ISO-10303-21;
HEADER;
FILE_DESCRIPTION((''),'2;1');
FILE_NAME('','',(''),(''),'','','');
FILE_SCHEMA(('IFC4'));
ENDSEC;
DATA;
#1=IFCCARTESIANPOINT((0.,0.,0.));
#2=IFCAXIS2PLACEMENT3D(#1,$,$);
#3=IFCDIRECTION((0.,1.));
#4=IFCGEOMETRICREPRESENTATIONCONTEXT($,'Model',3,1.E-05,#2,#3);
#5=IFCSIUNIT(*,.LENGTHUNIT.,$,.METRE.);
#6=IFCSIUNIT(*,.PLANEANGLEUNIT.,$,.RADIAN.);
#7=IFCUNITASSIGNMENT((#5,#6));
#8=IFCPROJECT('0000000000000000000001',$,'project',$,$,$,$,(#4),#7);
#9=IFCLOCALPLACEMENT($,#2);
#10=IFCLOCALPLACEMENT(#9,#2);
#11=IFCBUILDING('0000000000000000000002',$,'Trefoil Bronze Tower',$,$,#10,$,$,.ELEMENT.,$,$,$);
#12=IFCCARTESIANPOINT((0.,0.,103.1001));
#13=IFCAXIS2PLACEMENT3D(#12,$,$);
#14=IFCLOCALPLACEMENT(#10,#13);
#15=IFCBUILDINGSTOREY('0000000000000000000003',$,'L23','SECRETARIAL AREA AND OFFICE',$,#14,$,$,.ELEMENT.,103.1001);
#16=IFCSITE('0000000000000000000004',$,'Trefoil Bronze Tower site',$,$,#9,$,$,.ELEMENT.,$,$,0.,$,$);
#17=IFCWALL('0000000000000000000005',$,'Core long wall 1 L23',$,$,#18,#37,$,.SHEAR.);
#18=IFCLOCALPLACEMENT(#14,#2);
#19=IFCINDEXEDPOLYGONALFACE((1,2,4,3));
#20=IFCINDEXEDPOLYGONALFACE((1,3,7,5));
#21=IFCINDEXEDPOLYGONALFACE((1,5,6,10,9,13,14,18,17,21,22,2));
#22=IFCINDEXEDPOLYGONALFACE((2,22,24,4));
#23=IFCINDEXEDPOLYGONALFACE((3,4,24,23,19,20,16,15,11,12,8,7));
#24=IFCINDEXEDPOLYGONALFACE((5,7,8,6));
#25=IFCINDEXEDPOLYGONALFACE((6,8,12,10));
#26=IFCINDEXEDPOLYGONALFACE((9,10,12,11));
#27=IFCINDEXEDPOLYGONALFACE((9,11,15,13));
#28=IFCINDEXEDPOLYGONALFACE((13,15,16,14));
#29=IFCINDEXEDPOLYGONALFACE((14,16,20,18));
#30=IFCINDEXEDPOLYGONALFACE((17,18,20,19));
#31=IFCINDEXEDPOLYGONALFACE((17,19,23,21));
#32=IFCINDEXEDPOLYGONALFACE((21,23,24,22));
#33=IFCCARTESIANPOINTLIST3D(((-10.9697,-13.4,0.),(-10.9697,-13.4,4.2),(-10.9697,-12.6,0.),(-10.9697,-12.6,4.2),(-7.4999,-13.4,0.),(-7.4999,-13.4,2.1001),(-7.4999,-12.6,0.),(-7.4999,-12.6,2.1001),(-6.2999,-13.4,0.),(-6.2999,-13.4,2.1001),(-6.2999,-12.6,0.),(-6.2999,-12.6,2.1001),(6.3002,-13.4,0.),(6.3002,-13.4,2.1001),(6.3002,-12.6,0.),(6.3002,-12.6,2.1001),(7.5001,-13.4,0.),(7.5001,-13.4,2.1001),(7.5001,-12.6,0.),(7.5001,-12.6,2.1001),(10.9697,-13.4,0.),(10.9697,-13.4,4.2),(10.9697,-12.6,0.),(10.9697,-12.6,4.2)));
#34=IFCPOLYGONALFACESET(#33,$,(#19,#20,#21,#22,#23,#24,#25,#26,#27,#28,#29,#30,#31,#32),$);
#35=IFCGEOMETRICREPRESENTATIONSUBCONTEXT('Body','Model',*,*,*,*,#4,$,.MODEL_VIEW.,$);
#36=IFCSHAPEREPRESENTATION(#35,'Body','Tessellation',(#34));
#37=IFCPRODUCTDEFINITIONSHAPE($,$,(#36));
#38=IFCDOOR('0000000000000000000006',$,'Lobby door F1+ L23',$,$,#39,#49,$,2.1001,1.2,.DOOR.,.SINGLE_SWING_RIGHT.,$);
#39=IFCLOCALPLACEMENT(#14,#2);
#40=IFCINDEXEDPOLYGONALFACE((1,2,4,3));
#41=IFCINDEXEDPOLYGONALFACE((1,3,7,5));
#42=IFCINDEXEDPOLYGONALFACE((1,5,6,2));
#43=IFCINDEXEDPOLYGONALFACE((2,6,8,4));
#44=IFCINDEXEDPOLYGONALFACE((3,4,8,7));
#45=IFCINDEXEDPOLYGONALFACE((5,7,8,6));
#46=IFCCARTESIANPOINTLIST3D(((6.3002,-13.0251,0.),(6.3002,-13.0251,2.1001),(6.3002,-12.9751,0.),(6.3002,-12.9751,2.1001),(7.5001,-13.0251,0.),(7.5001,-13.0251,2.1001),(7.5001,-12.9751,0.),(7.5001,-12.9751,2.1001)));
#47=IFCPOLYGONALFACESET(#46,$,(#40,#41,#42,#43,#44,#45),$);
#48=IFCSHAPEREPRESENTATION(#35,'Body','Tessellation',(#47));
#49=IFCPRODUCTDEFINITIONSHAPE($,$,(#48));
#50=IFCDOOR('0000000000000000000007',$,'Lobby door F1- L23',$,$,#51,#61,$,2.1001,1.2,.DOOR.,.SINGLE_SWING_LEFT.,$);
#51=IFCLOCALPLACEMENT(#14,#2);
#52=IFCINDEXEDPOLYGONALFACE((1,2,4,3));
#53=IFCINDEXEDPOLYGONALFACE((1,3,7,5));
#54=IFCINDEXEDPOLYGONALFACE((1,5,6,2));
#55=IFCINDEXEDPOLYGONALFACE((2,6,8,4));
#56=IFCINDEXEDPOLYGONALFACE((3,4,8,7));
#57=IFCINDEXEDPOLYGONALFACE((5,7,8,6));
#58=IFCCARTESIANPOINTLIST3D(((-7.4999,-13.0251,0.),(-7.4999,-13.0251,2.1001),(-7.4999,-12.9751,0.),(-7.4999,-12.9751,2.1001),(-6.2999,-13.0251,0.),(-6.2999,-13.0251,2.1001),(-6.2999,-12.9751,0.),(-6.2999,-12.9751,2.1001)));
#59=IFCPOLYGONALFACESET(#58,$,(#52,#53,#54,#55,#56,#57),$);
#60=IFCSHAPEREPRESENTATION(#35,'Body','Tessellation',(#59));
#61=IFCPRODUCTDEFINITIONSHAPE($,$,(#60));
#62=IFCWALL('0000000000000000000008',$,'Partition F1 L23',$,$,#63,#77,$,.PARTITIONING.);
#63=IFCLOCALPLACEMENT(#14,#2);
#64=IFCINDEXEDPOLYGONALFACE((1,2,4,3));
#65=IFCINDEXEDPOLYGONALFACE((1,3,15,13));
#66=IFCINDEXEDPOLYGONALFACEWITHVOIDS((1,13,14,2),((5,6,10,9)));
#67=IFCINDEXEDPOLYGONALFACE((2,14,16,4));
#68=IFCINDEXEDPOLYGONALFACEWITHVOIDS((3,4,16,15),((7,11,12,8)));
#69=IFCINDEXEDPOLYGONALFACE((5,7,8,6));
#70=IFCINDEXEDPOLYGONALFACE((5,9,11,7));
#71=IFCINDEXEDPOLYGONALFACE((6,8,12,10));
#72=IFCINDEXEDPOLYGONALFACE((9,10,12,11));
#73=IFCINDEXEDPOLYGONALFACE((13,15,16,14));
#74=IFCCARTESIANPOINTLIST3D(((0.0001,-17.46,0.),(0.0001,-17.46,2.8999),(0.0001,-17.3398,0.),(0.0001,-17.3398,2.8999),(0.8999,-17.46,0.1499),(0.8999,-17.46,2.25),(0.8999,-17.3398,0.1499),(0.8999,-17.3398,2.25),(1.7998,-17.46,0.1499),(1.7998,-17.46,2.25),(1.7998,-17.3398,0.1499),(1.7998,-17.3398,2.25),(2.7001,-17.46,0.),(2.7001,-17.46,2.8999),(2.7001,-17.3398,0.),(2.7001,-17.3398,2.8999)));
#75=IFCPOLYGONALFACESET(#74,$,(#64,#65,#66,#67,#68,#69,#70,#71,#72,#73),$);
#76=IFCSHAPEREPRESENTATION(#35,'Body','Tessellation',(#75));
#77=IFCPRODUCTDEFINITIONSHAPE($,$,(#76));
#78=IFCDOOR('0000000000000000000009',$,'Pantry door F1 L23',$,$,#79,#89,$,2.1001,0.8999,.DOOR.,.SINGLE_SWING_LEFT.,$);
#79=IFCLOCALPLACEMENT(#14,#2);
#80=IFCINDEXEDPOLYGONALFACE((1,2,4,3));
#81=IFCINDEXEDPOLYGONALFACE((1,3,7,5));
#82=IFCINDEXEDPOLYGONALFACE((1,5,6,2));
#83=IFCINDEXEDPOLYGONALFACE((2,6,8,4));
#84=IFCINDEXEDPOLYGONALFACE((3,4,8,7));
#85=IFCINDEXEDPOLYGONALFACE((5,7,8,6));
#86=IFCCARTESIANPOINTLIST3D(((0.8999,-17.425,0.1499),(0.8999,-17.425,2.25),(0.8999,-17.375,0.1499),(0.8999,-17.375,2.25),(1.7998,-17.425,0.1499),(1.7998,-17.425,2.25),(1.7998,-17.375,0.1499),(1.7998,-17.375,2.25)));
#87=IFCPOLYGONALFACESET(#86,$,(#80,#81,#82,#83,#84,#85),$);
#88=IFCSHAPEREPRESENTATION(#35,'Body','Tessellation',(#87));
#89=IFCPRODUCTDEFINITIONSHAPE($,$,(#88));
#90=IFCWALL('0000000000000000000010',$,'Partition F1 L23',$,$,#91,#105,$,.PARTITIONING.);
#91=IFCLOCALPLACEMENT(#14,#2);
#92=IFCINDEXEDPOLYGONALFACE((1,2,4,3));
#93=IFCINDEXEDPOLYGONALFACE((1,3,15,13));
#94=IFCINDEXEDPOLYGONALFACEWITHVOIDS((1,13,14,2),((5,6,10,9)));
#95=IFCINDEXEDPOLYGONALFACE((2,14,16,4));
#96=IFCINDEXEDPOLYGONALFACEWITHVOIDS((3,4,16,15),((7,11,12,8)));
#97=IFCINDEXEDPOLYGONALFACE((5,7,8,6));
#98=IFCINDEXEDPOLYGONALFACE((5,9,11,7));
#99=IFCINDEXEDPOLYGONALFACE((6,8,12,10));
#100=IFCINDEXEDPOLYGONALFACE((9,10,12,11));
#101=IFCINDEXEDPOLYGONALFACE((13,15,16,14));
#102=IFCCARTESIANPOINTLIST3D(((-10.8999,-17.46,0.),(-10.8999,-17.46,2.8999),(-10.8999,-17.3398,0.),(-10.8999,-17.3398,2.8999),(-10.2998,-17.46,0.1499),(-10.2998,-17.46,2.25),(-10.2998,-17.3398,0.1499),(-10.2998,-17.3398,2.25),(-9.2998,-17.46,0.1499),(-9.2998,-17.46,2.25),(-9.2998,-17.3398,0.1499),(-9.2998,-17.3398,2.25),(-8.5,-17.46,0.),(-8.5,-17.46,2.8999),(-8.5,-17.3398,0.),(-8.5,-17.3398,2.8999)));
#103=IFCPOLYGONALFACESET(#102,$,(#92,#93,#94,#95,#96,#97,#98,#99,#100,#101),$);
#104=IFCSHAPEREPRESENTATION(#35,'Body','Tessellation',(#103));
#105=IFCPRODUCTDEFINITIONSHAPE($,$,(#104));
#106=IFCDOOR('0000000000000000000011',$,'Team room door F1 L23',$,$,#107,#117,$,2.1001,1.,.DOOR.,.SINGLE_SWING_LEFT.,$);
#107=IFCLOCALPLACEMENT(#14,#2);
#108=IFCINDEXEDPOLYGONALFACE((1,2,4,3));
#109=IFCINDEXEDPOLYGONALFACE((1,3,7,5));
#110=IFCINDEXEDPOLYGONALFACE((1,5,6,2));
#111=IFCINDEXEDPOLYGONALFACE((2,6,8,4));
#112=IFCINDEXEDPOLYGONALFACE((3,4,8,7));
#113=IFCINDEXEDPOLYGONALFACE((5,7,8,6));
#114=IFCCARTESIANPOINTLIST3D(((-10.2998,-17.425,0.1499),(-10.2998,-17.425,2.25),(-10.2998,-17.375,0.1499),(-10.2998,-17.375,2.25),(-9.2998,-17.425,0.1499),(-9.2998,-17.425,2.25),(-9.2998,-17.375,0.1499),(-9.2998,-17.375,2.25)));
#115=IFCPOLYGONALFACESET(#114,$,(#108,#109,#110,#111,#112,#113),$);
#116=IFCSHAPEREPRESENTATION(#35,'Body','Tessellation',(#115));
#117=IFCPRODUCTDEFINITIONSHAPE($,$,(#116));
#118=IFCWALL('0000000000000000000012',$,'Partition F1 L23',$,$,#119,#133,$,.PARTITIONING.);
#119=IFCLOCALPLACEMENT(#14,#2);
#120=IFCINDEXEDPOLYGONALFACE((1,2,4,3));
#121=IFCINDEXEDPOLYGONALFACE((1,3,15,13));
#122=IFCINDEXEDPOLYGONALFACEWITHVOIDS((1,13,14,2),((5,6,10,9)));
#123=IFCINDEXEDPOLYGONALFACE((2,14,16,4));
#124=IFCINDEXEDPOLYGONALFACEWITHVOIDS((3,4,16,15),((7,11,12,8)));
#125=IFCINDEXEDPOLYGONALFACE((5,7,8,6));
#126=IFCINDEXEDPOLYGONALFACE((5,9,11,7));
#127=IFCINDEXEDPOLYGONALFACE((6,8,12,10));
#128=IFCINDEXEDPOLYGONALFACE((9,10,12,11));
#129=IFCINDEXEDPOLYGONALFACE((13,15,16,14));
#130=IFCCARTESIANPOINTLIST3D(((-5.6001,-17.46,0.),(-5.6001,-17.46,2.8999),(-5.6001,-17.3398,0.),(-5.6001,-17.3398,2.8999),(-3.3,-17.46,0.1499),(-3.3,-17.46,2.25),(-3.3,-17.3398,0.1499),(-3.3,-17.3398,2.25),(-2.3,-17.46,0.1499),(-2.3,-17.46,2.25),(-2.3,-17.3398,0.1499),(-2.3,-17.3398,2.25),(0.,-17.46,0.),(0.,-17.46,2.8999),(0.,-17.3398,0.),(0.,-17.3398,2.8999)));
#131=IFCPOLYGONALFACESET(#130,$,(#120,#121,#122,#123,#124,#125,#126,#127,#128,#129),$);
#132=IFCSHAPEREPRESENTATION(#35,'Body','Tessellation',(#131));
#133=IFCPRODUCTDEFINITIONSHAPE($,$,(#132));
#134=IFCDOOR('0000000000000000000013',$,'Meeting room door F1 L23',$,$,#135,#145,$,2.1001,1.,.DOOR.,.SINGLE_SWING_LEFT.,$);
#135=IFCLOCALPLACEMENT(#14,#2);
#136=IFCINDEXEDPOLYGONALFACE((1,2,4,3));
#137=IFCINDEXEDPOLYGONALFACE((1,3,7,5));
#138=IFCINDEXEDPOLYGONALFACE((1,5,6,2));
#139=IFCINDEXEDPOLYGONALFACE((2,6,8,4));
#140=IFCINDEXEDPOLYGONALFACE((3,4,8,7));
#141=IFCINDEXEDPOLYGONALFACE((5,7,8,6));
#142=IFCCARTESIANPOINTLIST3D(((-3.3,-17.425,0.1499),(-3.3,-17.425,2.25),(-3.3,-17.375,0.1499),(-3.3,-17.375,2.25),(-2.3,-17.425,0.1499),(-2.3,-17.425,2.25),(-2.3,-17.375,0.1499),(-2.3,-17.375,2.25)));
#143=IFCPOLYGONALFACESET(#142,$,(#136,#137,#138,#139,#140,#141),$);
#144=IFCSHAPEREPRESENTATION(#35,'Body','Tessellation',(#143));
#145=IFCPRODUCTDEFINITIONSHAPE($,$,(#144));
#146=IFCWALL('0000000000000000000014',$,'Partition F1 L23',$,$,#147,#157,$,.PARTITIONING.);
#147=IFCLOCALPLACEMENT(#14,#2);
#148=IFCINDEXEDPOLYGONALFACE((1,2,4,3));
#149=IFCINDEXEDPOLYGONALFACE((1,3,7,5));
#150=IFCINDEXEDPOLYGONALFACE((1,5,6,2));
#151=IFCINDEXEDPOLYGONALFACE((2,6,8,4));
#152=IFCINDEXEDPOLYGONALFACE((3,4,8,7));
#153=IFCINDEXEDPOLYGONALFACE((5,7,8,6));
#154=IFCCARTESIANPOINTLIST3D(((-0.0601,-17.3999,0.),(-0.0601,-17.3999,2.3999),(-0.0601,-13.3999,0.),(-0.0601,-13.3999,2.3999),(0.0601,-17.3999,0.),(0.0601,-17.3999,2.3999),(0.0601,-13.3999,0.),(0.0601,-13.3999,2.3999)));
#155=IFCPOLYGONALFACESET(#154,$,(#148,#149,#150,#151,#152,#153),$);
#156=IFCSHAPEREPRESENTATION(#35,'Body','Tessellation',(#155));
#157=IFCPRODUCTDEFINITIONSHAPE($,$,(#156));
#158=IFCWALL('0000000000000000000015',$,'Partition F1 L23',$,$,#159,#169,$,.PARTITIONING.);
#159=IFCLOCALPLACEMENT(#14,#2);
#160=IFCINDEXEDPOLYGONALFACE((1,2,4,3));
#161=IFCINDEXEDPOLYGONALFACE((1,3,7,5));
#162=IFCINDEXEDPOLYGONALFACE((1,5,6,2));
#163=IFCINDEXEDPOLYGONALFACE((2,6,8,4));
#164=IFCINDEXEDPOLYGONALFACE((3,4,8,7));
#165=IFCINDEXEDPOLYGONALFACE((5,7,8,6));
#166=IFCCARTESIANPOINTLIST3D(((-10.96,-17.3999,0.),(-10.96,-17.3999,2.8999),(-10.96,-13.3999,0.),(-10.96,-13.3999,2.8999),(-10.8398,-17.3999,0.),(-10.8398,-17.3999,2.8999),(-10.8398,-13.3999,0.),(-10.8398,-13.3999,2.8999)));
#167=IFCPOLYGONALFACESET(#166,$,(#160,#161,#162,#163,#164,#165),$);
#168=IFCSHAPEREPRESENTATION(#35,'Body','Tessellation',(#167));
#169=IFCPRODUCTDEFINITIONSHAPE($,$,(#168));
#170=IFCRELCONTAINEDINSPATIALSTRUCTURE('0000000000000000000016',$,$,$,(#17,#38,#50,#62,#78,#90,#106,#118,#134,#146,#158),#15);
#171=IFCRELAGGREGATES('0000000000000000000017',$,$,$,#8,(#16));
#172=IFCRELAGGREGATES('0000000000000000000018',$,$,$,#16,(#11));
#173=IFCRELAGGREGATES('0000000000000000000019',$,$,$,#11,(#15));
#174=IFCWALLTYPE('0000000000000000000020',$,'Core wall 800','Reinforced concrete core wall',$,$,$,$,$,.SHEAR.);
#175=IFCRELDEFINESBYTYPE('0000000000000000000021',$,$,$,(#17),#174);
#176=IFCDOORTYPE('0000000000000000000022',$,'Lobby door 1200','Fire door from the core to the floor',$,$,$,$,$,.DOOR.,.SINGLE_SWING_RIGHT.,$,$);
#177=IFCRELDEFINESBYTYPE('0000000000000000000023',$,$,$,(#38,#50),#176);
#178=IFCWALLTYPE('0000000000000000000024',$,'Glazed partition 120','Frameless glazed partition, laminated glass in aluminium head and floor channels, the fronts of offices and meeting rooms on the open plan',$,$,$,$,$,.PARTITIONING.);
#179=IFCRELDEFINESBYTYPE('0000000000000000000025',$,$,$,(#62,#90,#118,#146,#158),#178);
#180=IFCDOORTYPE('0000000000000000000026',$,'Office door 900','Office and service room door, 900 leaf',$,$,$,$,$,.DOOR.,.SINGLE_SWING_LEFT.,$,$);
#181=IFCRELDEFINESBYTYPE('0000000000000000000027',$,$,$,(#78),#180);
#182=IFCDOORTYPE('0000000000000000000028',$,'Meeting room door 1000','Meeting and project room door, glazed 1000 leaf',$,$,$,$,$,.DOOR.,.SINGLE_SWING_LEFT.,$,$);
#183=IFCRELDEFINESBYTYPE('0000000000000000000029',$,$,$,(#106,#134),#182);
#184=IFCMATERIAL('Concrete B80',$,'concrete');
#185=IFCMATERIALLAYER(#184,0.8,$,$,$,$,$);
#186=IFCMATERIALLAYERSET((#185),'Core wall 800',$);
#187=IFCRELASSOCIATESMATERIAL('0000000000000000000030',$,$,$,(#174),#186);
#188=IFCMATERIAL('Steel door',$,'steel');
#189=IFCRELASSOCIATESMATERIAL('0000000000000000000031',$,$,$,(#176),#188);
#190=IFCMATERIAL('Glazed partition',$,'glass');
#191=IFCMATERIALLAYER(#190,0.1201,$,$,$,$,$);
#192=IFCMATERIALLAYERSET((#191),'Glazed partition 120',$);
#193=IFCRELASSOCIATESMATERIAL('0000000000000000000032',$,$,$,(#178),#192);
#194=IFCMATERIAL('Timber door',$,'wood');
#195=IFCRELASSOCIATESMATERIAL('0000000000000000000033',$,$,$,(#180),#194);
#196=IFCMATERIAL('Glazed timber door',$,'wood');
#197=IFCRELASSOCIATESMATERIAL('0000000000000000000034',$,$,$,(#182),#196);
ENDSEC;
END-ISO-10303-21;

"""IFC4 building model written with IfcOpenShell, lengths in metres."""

from ifc_helpers import new_model, si_unit, direction, frame, frame_2d, origin, place, context, subcontext, project, spatial, rectangle, extrude, material, layer, layer_set, type_object, element, fill, save


model = new_model("IFC4")

# Units and contexts
model_context = context("Model", 3, precision=1e-05, world=origin(), true_north=direction((0.0, 1.0)))
body_context = subcontext(model_context, "Body", "Model", "MODEL_VIEW")
ifc_project = project(units=[si_unit("LENGTHUNIT", "METRE"), si_unit("PLANEANGLEUNIT", "RADIAN")], contexts=[model_context])

# Site, building, storey
site_placement = place(None, origin())
site = spatial("IfcSite", under=ifc_project, at=site_placement, Name="Trefoil Bronze Tower site", CompositionType="ELEMENT", RefElevation=0.0)
building_placement = place(site_placement, origin())
building = spatial("IfcBuilding", under=site, at=building_placement, Name="Trefoil Bronze Tower", CompositionType="ELEMENT")
storey_placement = place(building_placement, frame((0.0, 0.0, 103.1001)))
storey = spatial("IfcBuildingStorey", under=building, at=storey_placement, Name="L23", Description="SECRETARIAL AREA AND OFFICE", CompositionType="ELEMENT", Elevation=103.1001)

# Wall, openings, doors
ifc_material_1 = material(Name="Concrete B80", Category="concrete")
ifc_layer_1 = layer(ifc_material_1, 0.8)
ifc_layer_set_1 = layer_set([ifc_layer_1], Name="Core wall 800")
wall_type_1 = type_object("IfcWallType", Name="Core wall 800", Description="Reinforced concrete core wall", PredefinedType="SHEAR", material=ifc_layer_set_1)
wall_1_placement = place(storey_placement, frame((-10.9697, -13.0, 0.0), z_axis=(0.0, 0.0, 1.0), x_axis=(1.0, 0.0, 0.0)))
wall_1 = element("IfcWall", 1, at=wall_1_placement, inside=storey, type_object=wall_type_1, Name="Core long wall 1 L23", PredefinedType="SHEAR", context=body_context, shape_type="SweptSolid", body=[
    extrude(rectangle(XDim=21.9395, YDim=0.8, at=frame_2d((10.9697, 0.0))), origin(), (0.0, 0.0, 1.0), 4.2),
])
opening_1_placement = place(wall_1_placement, frame((17.2698, 0.0, 0.0)))
opening_1 = element("IfcOpeningElement", 2, at=opening_1_placement, cuts=wall_1, PredefinedType="OPENING", context=body_context, shape_type="SweptSolid", body=[
    extrude(rectangle(XDim=1.2, YDim=2.1001, at=frame_2d((0.6001, 1.05))), frame((0.0, 0.4099, 0.0), z_axis=(0.0, -1.0, 0.0), x_axis=(1.0, 0.0, 0.0)), (0.0, 0.0, 1.0), 0.8201),
])
opening_2_placement = place(wall_1_placement, frame((3.4697, 0.0, 0.0)))
opening_2 = element("IfcOpeningElement", 3, at=opening_2_placement, cuts=wall_1, PredefinedType="OPENING", context=body_context, shape_type="SweptSolid", body=[
    extrude(rectangle(XDim=1.2, YDim=2.1001, at=frame_2d((0.6001, 1.05))), frame((0.0, 0.4099, 0.0), z_axis=(0.0, -1.0, 0.0), x_axis=(1.0, 0.0, 0.0)), (0.0, 0.0, 1.0), 0.8201),
])
ifc_material_2 = material(Name="Steel door", Category="steel")
door_type_1 = type_object("IfcDoorType", Name="Lobby door 1200", Description="Fire door from the core to the floor", OperationType="SINGLE_SWING_RIGHT", PredefinedType="DOOR", material=ifc_material_2)
door_1_placement = place(opening_1_placement, origin())
door_1 = element("IfcDoor", 4, at=door_1_placement, inside=storey, type_object=door_type_1, Name="Lobby door F1+ L23", OperationType="SINGLE_SWING_RIGHT", OverallHeight=2.1001, OverallWidth=1.2, PredefinedType="DOOR", context=body_context, shape_type="SweptSolid", body=[
    extrude(rectangle(XDim=1.2, YDim=2.1001, at=frame_2d((0.6001, 1.05))), frame((0.0, 0.0249, 0.0), z_axis=(0.0, -1.0, 0.0), x_axis=(1.0, 0.0, 0.0)), (0.0, 0.0, 1.0), 0.05),
])
fill(opening_1, door_1)
door_2_placement = place(opening_2_placement, origin())
door_2 = element("IfcDoor", 5, at=door_2_placement, inside=storey, type_object=door_type_1, Name="Lobby door F1- L23", OperationType="SINGLE_SWING_LEFT", OverallHeight=2.1001, OverallWidth=1.2, PredefinedType="DOOR", context=body_context, shape_type="SweptSolid", body=[
    extrude(rectangle(XDim=1.2, YDim=2.1001, at=frame_2d((0.6001, 1.05))), frame((0.0, 0.0249, 0.0), z_axis=(0.0, -1.0, 0.0), x_axis=(1.0, 0.0, 0.0)), (0.0, 0.0, 1.0), 0.05),
])
fill(opening_2, door_2)

# Walls, openings, doors
ifc_material_3 = material(Name="Glazed partition", Category="glass")
ifc_layer_2 = layer(ifc_material_3, 0.1201)
ifc_layer_set_2 = layer_set([ifc_layer_2], Name="Glazed partition 120")
wall_type_2 = type_object("IfcWallType", Name="Glazed partition 120", Description="Frameless glazed partition, laminated glass in aluminium head and floor channels, the fronts of offices and meeting rooms on the open plan", PredefinedType="PARTITIONING", material=ifc_layer_set_2)
wall_2_placement = place(storey_placement, frame((0.0, -17.3999, 0.0), z_axis=(0.0, 0.0, 1.0), x_axis=(1.0, 0.0, 0.0)))
wall_2 = element("IfcWall", 6, at=wall_2_placement, inside=storey, type_object=wall_type_2, Name="Partition F1 L23", PredefinedType="PARTITIONING", context=body_context, shape_type="SweptSolid", body=[
    extrude(rectangle(XDim=2.7, YDim=0.1201, at=frame_2d((1.3501, 0.0))), origin(), (0.0, 0.0, 1.0), 2.8999),
])
opening_3_placement = place(wall_2_placement, frame((0.8999, 0.0, 0.1499)))
opening_3 = element("IfcOpeningElement", 7, at=opening_3_placement, cuts=wall_2, PredefinedType="OPENING", context=body_context, shape_type="SweptSolid", body=[
    extrude(rectangle(XDim=0.8999, YDim=2.1001, at=frame_2d((0.45, 1.05))), frame((0.0, 0.0701, 0.0), z_axis=(0.0, -1.0, 0.0), x_axis=(1.0, 0.0, 0.0)), (0.0, 0.0, 1.0), 0.1401),
])
ifc_material_4 = material(Name="Timber door", Category="wood")
door_type_2 = type_object("IfcDoorType", Name="Office door 900", Description="Office and service room door, 900 leaf", OperationType="SINGLE_SWING_LEFT", PredefinedType="DOOR", material=ifc_material_4)
door_3_placement = place(opening_3_placement, origin())
door_3 = element("IfcDoor", 8, at=door_3_placement, inside=storey, type_object=door_type_2, Name="Pantry door F1 L23", OperationType="SINGLE_SWING_LEFT", OverallHeight=2.1001, OverallWidth=0.8999, PredefinedType="DOOR", context=body_context, shape_type="SweptSolid", body=[
    extrude(rectangle(XDim=0.8999, YDim=2.1001, at=frame_2d((0.45, 1.05))), frame((0.0, 0.0249, 0.0), z_axis=(0.0, -1.0, 0.0), x_axis=(1.0, 0.0, 0.0)), (0.0, 0.0, 1.0), 0.05),
])
fill(opening_3, door_3)
wall_3_placement = place(storey_placement, frame((-10.8999, -17.3999, 0.0), z_axis=(0.0, 0.0, 1.0), x_axis=(1.0, 0.0, 0.0)))
wall_3 = element("IfcWall", 9, at=wall_3_placement, inside=storey, type_object=wall_type_2, Name="Partition F1 L23", PredefinedType="PARTITIONING", context=body_context, shape_type="SweptSolid", body=[
    extrude(rectangle(XDim=2.3999, YDim=0.1201, at=frame_2d((1.2, 0.0))), origin(), (0.0, 0.0, 1.0), 2.8999),
])
opening_4_placement = place(wall_3_placement, frame((0.6001, 0.0, 0.1499)))
opening_4 = element("IfcOpeningElement", 10, at=opening_4_placement, cuts=wall_3, PredefinedType="OPENING", context=body_context, shape_type="SweptSolid", body=[
    extrude(rectangle(XDim=1.0, YDim=2.1001, at=frame_2d((0.5, 1.05))), frame((0.0, 0.0701, 0.0), z_axis=(0.0, -1.0, 0.0), x_axis=(1.0, 0.0, 0.0)), (0.0, 0.0, 1.0), 0.1401),
])
ifc_material_5 = material(Name="Glazed timber door", Category="wood")
door_type_3 = type_object("IfcDoorType", Name="Meeting room door 1000", Description="Meeting and project room door, glazed 1000 leaf", OperationType="SINGLE_SWING_LEFT", PredefinedType="DOOR", material=ifc_material_5)
door_4_placement = place(opening_4_placement, origin())
door_4 = element("IfcDoor", 11, at=door_4_placement, inside=storey, type_object=door_type_3, Name="Team room door F1 L23", OperationType="SINGLE_SWING_LEFT", OverallHeight=2.1001, OverallWidth=1.0, PredefinedType="DOOR", context=body_context, shape_type="SweptSolid", body=[
    extrude(rectangle(XDim=1.0, YDim=2.1001, at=frame_2d((0.5, 1.05))), frame((0.0, 0.0249, 0.0), z_axis=(0.0, -1.0, 0.0), x_axis=(1.0, 0.0, 0.0)), (0.0, 0.0, 1.0), 0.05),
])
fill(opening_4, door_4)
wall_4_placement = place(storey_placement, frame((-5.6001, -17.3999, 0.0), z_axis=(0.0, 0.0, 1.0), x_axis=(1.0, 0.0, 0.0)))
wall_4 = element("IfcWall", 12, at=wall_4_placement, inside=storey, type_object=wall_type_2, Name="Partition F1 L23", PredefinedType="PARTITIONING", context=body_context, shape_type="SweptSolid", body=[
    extrude(rectangle(XDim=5.6001, YDim=0.1201, at=frame_2d((2.8, 0.0))), origin(), (0.0, 0.0, 1.0), 2.8999),
])
opening_5_placement = place(wall_4_placement, frame((2.3, 0.0, 0.1499)))
opening_5 = element("IfcOpeningElement", 13, at=opening_5_placement, cuts=wall_4, PredefinedType="OPENING", context=body_context, shape_type="SweptSolid", body=[
    extrude(rectangle(XDim=1.0, YDim=2.1001, at=frame_2d((0.5, 1.05))), frame((0.0, 0.0701, 0.0), z_axis=(0.0, -1.0, 0.0), x_axis=(1.0, 0.0, 0.0)), (0.0, 0.0, 1.0), 0.1401),
])
door_5_placement = place(opening_5_placement, origin())
door_5 = element("IfcDoor", 14, at=door_5_placement, inside=storey, type_object=door_type_3, Name="Meeting room door F1 L23", OperationType="SINGLE_SWING_LEFT", OverallHeight=2.1001, OverallWidth=1.0, PredefinedType="DOOR", context=body_context, shape_type="SweptSolid", body=[
    extrude(rectangle(XDim=1.0, YDim=2.1001, at=frame_2d((0.5, 1.05))), frame((0.0, 0.0249, 0.0), z_axis=(0.0, -1.0, 0.0), x_axis=(1.0, 0.0, 0.0)), (0.0, 0.0, 1.0), 0.05),
])
fill(opening_5, door_5)

# Walls
wall_5_placement = place(storey_placement, frame((0.0, -13.3999, 0.0), z_axis=(0.0, 0.0, 1.0), x_axis=(0.0, -1.0, 0.0)))
element("IfcWall", 15, at=wall_5_placement, inside=storey, type_object=wall_type_2, Name="Partition F1 L23", PredefinedType="PARTITIONING", context=body_context, shape_type="SweptSolid", body=[
    extrude(rectangle(XDim=4.0, YDim=0.1201, at=frame_2d((2.0, 0.0))), origin(), (0.0, 0.0, 1.0), 2.3999),
])
for number, where, z_axis, x_axis, name in (
    (16, (-10.8999, -13.3999, 0.0), (0.0, 0.0, 1.0), (0.0, -1.0, 0.0), "Partition F1 L23"),
):
    element("IfcWall", number, at=place(storey_placement, frame(where, z_axis=z_axis, x_axis=x_axis)), inside=storey, type_object=wall_type_2, Name=name, PredefinedType="PARTITIONING", context=body_context, shape_type="SweptSolid", body=[
        extrude(rectangle(XDim=4.0, YDim=0.1201, at=frame_2d((2.0, 0.0))), origin(), (0.0, 0.0, 1.0), 2.8999),
    ])

save(model, "model.ifc")
